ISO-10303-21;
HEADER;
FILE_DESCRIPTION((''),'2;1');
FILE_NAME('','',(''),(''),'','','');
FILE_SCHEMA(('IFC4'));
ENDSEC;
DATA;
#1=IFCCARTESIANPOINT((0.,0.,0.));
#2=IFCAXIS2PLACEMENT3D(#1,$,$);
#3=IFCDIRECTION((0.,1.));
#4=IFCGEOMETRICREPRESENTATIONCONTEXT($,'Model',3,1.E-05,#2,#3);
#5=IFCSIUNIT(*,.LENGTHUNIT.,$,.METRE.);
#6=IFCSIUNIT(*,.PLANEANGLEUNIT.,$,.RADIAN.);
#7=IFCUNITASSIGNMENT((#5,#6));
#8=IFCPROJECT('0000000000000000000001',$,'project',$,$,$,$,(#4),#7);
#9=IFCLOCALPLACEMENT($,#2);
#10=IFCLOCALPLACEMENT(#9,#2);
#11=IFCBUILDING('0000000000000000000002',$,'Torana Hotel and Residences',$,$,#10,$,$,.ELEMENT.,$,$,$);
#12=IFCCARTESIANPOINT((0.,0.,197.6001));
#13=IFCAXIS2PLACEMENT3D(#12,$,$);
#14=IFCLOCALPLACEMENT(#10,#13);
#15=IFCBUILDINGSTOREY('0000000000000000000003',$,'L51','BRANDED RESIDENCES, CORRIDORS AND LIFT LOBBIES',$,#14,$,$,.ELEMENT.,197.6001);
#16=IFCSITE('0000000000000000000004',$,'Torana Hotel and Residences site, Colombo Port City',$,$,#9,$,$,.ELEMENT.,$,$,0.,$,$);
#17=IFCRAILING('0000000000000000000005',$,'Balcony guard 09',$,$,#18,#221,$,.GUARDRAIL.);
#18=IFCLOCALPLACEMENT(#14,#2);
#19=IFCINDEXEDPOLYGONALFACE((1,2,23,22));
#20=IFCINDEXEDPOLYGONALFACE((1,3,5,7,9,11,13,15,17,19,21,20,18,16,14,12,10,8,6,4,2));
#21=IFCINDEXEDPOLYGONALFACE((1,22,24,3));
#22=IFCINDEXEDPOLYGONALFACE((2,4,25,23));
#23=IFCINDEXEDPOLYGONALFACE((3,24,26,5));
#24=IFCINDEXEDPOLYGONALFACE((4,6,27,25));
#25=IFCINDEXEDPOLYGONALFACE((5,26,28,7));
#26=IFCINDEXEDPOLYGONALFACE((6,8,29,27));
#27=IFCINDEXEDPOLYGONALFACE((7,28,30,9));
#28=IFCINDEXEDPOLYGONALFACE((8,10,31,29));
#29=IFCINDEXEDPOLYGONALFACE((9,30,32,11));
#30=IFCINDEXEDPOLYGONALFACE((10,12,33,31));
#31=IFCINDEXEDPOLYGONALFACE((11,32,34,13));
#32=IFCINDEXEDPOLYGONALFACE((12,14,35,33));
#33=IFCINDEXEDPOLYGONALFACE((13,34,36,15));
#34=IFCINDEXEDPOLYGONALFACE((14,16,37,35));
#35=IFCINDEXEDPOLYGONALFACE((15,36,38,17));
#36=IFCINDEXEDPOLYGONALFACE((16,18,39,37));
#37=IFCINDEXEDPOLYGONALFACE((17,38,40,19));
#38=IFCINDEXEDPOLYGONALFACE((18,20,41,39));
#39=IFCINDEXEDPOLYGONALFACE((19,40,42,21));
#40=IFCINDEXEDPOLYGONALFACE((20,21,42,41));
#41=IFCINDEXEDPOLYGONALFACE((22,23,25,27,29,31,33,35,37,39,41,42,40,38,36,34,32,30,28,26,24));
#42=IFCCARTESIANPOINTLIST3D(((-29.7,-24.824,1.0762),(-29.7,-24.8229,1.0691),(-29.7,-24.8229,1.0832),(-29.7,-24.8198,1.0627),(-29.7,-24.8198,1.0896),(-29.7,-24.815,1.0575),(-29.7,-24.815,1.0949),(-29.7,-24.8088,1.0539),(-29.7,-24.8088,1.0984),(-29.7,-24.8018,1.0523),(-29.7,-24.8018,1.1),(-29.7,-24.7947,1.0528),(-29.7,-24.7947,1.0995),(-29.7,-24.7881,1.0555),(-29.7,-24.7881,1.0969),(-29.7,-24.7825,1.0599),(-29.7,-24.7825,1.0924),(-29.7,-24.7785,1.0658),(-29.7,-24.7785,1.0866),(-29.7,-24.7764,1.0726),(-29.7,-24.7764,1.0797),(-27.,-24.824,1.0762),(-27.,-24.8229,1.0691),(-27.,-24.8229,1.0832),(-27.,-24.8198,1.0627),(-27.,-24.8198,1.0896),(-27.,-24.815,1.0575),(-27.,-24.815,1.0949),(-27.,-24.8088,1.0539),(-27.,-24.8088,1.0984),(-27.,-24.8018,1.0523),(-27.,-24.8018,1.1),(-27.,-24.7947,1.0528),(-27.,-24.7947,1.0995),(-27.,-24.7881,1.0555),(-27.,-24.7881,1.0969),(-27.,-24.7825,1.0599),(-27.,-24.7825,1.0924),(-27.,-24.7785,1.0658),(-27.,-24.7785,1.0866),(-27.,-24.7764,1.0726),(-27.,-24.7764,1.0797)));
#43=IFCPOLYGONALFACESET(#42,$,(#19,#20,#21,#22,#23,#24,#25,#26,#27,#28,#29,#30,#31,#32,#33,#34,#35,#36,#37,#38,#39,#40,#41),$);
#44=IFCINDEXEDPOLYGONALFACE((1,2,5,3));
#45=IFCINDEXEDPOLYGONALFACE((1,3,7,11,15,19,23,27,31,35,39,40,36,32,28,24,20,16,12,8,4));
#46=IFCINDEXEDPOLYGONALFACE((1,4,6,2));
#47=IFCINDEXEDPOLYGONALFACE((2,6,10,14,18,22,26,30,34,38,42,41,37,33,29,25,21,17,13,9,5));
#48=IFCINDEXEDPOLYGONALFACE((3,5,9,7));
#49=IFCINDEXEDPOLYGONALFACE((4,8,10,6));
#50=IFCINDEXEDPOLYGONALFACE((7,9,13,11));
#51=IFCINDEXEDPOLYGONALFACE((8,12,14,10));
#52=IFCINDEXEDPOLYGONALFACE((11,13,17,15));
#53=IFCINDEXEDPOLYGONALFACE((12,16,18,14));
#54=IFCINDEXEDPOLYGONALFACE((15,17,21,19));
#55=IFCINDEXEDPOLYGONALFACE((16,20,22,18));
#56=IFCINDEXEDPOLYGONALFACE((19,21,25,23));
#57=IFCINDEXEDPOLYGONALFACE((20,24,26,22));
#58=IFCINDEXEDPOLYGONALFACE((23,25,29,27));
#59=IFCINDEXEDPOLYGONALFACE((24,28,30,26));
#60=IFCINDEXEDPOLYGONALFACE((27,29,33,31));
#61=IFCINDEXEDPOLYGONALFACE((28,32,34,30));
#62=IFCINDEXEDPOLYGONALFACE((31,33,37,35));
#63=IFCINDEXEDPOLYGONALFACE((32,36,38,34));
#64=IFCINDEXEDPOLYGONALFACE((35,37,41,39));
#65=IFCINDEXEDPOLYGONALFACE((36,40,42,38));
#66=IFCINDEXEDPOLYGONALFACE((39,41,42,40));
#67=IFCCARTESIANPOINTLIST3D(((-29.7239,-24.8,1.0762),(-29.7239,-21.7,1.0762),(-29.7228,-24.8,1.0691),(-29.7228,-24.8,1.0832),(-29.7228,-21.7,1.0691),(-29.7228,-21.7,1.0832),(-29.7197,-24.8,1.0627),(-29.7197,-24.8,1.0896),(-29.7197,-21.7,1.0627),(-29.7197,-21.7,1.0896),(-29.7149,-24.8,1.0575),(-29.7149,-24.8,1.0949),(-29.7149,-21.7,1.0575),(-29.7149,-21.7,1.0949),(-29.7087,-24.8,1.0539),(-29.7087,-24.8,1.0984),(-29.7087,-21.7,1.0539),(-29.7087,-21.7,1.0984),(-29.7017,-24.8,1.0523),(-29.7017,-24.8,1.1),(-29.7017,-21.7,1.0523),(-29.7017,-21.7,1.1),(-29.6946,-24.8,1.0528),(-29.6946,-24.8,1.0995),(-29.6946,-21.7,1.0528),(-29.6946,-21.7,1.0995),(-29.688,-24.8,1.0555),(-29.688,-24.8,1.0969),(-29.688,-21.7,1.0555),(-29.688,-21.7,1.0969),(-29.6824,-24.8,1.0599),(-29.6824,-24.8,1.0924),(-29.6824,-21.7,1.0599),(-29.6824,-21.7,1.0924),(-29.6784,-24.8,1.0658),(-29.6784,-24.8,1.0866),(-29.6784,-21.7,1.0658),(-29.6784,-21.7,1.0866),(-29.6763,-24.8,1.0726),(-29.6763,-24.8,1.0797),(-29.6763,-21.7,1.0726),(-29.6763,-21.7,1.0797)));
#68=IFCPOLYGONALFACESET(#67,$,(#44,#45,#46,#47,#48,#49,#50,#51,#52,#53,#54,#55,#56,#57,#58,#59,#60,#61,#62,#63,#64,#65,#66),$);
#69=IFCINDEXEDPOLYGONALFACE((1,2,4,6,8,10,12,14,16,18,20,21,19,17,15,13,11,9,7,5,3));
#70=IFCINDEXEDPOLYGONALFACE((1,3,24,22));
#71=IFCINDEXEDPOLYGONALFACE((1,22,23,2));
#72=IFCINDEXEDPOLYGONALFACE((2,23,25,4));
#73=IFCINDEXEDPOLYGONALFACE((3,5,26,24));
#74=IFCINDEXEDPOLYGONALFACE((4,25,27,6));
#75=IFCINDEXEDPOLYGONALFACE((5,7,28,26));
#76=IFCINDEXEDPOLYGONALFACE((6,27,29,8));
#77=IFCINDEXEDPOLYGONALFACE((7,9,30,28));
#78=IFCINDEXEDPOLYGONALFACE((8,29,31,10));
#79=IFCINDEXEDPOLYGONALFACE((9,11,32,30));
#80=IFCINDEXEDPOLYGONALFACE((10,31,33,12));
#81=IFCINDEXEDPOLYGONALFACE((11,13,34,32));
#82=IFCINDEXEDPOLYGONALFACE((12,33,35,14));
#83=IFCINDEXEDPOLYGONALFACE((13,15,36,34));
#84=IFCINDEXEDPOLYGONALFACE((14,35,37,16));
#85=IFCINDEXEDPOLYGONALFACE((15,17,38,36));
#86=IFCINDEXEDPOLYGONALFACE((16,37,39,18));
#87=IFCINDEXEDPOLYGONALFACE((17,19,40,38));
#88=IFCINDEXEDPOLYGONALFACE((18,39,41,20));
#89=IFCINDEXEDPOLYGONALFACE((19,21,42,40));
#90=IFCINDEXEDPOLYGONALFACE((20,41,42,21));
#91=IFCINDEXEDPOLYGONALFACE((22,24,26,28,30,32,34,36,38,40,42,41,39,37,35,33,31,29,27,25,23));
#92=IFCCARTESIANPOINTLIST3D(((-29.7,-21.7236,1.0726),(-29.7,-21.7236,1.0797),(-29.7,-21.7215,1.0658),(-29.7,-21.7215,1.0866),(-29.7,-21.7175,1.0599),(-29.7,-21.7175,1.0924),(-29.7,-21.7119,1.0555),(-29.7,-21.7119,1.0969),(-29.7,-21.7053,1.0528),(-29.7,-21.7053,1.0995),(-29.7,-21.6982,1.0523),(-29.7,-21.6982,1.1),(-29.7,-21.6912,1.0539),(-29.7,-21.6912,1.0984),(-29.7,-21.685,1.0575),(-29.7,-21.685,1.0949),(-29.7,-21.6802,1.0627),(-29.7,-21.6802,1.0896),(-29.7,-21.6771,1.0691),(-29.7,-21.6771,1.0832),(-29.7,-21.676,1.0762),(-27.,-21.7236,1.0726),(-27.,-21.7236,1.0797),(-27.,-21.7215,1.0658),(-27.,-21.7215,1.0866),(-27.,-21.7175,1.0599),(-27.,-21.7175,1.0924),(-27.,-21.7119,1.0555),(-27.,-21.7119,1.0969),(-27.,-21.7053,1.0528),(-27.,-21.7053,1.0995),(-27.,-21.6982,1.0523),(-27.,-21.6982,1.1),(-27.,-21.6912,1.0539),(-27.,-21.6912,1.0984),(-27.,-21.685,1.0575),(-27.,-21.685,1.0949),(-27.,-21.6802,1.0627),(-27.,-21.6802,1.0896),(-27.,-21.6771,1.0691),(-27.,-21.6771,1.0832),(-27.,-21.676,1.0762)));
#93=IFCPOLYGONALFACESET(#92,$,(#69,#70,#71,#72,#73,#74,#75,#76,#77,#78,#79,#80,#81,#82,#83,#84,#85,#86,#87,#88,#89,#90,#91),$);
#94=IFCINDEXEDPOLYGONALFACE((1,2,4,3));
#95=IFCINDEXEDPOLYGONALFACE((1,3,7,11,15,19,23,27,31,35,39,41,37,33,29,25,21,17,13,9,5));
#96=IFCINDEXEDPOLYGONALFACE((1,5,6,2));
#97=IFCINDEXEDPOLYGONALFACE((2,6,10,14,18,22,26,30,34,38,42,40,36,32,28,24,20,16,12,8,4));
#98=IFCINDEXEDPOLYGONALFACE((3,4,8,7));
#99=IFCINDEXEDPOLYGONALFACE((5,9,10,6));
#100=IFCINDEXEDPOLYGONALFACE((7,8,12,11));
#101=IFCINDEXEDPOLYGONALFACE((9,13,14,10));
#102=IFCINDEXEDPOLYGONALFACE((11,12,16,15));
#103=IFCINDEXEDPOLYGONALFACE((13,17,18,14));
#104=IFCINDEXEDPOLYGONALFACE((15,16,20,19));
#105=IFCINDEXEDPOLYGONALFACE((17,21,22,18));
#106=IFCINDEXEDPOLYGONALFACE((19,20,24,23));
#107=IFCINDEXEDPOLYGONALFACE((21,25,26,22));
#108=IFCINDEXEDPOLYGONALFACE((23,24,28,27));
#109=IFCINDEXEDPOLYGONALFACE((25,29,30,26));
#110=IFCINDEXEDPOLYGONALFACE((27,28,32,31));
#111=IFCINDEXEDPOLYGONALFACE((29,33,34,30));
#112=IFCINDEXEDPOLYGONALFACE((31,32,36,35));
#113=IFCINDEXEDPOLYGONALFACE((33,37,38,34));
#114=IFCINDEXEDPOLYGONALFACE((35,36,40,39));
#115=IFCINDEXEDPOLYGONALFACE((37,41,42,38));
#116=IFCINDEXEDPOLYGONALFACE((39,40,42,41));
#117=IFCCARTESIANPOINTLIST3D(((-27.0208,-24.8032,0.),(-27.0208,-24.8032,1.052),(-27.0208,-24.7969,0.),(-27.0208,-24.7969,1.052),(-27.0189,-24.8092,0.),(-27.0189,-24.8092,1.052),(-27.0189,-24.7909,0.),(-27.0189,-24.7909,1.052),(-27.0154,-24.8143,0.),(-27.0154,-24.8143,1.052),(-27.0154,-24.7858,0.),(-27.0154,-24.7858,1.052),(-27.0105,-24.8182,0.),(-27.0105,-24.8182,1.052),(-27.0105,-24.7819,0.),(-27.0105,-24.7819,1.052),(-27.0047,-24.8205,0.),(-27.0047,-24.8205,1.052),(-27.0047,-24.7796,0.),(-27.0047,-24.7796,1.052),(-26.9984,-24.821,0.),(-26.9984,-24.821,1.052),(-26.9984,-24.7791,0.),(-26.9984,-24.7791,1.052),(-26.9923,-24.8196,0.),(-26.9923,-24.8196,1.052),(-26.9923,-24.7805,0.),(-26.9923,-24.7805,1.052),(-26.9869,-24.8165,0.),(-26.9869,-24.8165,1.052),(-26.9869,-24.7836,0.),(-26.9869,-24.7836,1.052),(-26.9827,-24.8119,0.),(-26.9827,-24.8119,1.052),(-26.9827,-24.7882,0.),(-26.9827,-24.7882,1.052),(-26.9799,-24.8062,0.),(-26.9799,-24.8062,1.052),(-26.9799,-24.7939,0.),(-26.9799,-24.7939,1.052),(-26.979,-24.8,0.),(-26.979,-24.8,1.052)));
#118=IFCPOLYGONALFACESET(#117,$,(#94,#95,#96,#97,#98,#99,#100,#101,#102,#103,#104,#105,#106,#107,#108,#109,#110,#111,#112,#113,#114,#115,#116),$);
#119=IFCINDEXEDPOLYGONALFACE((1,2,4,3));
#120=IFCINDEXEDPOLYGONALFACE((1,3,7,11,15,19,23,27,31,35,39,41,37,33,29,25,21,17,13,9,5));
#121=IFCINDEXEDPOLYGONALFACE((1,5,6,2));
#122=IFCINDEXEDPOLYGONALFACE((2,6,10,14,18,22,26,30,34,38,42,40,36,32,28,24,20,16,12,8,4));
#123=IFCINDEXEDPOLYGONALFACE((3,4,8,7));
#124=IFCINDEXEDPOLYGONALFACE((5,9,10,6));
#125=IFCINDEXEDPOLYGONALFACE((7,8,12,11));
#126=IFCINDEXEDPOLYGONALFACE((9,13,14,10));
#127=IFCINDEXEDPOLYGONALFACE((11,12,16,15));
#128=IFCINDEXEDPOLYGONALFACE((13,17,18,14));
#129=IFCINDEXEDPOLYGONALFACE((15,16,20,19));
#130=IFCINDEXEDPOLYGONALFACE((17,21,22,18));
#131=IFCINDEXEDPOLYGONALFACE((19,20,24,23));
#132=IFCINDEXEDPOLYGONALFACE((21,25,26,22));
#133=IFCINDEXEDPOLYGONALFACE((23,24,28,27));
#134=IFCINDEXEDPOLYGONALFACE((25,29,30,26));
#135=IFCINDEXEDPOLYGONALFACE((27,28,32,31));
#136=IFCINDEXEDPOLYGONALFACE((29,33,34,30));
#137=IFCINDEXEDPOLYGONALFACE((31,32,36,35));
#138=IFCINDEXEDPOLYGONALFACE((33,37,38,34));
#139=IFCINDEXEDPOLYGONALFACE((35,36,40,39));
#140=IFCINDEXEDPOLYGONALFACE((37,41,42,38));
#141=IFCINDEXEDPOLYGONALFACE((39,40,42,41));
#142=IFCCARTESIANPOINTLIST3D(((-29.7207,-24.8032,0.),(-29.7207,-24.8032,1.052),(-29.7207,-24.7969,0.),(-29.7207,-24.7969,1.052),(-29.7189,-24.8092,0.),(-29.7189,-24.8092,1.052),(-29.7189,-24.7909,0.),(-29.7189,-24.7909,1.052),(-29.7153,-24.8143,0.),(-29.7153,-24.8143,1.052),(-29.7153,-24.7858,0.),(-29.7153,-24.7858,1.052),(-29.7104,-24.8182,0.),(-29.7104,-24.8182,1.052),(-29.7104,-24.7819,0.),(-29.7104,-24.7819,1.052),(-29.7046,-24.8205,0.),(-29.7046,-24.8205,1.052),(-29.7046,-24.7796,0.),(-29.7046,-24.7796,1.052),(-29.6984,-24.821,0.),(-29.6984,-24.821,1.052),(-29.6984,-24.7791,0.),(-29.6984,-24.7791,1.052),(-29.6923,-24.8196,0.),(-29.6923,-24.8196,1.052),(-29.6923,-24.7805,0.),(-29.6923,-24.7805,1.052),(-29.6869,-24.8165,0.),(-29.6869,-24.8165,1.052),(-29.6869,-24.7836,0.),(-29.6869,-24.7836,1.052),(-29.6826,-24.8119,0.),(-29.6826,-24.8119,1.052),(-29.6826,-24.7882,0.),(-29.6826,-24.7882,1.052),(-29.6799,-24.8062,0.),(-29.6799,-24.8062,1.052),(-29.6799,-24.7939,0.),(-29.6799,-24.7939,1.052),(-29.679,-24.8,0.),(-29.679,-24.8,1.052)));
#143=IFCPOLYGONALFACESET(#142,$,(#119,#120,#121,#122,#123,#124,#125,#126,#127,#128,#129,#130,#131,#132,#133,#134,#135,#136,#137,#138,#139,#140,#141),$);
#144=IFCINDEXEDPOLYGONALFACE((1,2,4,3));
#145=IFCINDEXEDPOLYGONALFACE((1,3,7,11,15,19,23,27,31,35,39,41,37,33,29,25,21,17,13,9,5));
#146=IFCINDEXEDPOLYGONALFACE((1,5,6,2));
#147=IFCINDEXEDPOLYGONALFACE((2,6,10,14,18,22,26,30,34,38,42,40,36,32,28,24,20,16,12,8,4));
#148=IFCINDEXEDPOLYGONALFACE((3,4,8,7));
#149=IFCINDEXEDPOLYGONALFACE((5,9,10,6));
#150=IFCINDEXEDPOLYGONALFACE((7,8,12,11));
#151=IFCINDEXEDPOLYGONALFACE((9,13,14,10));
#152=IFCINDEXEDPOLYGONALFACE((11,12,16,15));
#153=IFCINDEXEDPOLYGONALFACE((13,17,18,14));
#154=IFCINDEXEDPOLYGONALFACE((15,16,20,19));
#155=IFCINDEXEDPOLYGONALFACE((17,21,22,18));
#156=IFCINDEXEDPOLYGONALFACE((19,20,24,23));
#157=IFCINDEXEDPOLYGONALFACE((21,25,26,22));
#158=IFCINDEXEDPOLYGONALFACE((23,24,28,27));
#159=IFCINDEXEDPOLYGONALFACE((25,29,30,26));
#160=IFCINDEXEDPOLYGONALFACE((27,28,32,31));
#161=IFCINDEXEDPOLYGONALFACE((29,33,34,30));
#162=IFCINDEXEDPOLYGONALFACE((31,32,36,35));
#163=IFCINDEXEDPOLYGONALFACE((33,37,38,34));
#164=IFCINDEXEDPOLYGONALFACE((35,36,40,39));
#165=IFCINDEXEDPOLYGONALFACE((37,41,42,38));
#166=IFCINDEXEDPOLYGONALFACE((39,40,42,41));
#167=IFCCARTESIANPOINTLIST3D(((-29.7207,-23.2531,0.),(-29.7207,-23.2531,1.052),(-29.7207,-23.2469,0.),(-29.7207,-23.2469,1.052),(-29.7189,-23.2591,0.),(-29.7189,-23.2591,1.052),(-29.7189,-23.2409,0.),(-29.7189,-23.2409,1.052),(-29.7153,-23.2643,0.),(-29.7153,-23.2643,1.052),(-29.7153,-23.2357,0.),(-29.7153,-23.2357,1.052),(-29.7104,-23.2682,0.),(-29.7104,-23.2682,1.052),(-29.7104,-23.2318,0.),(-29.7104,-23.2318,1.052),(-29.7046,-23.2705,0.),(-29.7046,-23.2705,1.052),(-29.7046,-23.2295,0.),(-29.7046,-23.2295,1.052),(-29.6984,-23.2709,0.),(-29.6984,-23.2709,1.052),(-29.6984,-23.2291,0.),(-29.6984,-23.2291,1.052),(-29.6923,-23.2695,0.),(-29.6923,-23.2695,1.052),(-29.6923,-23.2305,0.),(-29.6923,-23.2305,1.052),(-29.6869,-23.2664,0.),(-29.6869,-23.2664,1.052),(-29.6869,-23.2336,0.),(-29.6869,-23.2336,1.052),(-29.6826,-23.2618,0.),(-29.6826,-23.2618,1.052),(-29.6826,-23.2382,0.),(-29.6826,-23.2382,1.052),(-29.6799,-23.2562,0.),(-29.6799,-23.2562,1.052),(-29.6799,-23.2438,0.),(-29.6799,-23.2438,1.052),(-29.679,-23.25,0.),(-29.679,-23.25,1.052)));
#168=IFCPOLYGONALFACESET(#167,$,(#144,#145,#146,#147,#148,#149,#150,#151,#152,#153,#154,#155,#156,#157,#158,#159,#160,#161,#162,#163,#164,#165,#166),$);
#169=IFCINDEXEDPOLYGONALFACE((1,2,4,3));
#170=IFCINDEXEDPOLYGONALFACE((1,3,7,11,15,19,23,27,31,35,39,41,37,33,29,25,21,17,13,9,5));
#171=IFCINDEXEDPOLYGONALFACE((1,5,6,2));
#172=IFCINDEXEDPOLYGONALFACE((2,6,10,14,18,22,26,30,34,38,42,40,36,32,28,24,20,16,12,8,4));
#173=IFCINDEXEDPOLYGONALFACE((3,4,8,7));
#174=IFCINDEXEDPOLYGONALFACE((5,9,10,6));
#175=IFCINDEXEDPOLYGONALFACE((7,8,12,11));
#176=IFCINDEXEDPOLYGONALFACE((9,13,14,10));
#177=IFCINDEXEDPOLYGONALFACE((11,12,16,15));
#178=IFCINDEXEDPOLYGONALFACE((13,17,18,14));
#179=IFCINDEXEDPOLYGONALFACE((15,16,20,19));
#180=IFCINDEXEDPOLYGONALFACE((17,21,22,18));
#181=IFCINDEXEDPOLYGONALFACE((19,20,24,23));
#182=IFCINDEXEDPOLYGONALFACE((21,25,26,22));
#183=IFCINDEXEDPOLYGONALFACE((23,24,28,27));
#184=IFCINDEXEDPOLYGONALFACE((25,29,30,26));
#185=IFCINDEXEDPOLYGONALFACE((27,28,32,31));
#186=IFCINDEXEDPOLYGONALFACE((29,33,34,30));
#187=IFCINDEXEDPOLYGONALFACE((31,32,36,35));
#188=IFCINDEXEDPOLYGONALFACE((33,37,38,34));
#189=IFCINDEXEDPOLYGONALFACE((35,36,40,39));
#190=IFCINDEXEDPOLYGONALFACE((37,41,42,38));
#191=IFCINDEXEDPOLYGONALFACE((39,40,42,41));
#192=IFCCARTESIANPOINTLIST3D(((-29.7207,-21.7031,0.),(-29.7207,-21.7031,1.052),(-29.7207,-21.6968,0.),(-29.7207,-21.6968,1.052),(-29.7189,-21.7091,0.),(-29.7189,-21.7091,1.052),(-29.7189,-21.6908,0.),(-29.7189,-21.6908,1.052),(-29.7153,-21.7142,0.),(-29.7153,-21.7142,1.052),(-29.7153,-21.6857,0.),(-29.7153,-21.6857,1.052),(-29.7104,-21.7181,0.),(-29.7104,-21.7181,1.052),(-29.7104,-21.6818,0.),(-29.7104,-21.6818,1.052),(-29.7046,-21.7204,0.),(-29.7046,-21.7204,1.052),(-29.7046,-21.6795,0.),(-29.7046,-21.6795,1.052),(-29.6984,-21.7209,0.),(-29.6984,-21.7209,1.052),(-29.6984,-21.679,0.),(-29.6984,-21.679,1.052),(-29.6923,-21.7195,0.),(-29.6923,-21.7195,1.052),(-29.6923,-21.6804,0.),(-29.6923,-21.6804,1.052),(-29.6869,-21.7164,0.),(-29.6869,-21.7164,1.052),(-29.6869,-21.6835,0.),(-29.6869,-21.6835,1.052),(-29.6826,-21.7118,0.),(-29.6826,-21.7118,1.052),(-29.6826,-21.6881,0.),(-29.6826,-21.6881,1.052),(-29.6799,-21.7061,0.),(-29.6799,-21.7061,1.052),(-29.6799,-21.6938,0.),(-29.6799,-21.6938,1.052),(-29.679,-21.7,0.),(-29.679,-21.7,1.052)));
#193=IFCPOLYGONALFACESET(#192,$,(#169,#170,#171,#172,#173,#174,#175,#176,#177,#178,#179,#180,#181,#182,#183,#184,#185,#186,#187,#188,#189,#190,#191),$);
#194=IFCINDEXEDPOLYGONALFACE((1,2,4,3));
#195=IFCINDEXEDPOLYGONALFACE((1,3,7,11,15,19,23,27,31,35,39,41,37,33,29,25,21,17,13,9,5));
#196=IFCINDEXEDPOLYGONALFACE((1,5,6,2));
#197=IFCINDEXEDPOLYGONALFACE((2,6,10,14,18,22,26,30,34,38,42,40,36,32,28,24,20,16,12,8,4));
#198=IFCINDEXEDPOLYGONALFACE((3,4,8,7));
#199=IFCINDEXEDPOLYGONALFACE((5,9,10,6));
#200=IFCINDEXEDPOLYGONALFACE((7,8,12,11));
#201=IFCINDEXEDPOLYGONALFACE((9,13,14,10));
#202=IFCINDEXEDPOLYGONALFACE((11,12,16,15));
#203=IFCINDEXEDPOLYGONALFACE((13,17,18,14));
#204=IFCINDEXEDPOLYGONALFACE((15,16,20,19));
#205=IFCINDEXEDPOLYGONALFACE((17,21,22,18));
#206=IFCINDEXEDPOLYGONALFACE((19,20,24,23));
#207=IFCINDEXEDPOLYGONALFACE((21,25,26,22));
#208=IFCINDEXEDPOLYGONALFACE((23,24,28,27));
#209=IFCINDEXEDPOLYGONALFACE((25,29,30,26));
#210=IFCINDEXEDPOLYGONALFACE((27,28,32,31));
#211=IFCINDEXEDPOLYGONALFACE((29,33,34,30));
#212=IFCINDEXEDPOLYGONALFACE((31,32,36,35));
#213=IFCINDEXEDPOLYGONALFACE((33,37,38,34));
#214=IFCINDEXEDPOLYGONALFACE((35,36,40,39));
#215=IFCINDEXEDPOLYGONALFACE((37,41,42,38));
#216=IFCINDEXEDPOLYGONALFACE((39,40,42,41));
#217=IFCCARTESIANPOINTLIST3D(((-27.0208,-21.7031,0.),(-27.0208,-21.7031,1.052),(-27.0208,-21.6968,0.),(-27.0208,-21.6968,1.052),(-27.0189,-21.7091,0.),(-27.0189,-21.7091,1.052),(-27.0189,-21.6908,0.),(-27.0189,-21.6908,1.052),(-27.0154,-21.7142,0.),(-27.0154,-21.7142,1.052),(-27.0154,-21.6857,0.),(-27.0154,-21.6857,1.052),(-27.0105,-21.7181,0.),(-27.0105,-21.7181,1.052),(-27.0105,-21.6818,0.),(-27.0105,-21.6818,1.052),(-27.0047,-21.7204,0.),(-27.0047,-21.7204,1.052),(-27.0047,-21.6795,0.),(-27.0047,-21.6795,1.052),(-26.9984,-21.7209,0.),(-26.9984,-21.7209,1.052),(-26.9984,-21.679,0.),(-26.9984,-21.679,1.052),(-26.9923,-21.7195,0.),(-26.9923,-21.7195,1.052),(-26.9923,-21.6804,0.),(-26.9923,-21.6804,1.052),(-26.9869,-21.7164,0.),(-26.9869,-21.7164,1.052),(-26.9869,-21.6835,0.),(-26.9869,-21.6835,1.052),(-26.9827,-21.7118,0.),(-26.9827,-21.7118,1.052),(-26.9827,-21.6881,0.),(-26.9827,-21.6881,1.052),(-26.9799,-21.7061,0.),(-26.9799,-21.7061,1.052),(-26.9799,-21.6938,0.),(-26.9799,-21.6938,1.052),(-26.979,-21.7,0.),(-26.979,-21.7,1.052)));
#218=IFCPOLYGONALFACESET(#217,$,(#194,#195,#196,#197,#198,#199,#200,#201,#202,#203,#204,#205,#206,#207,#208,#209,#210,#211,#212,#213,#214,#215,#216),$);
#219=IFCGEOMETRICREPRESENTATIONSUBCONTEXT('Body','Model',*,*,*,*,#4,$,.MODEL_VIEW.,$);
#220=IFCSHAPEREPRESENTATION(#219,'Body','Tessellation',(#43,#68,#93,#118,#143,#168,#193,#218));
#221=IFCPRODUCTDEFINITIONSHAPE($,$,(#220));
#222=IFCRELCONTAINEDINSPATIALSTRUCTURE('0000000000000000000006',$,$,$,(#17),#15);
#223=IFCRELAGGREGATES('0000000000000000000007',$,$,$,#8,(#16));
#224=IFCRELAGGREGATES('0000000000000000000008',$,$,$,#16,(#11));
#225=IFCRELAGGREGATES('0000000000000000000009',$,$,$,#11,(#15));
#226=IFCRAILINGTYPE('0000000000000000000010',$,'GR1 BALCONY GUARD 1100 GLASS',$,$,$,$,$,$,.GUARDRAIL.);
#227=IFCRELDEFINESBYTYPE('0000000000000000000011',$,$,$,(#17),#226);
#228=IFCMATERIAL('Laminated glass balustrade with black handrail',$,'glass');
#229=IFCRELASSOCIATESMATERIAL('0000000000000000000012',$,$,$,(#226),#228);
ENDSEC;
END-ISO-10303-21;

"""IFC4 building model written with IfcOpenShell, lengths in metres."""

from ifc_helpers import new_model, si_unit, direction, frame, origin, origin_2d, place, context, subcontext, project, spatial, circle, extrude, material, type_object, element, save


model = new_model("IFC4")

# Units and contexts
model_context = context("Model", 3, precision=1e-05, world=origin(), true_north=direction((0.0, 1.0)))
body_context = subcontext(model_context, "Body", "Model", "MODEL_VIEW")
ifc_project = project(units=[si_unit("LENGTHUNIT", "METRE"), si_unit("PLANEANGLEUNIT", "RADIAN")], contexts=[model_context])

# Site, building, storey
site_placement = place(None, origin())
site = spatial("IfcSite", under=ifc_project, at=site_placement, Name="Torana Hotel and Residences site, Colombo Port City", CompositionType="ELEMENT", RefElevation=0.0)
building_placement = place(site_placement, origin())
building = spatial("IfcBuilding", under=site, at=building_placement, Name="Torana Hotel and Residences", CompositionType="ELEMENT")
storey_placement = place(building_placement, frame((0.0, 0.0, 197.6001)))
storey = spatial("IfcBuildingStorey", under=building, at=storey_placement, Name="L51", Description="BRANDED RESIDENCES, CORRIDORS AND LIFT LOBBIES", CompositionType="ELEMENT", Elevation=197.6001)

# Railing
ifc_material_1 = material(Name="Laminated glass balustrade with black handrail", Category="glass")
railing_type = type_object("IfcRailingType", Name="GR1 BALCONY GUARD 1100 GLASS", PredefinedType="GUARDRAIL", material=ifc_material_1)
railing_placement = place(storey_placement, frame((-27.0, -24.8, 0.0)))
element("IfcRailing", 1, at=railing_placement, inside=storey, type_object=railing_type, Name="Balcony guard 09", PredefinedType="GUARDRAIL", context=body_context, shape_type="SweptSolid", body=[
    extrude(circle(Radius=0.0239, at=origin_2d()), frame((0.0, 0.0, 1.0762), z_axis=(-1.0, 0.0, 0.0), x_axis=(0.0, -1.0, 0.0)), (0.0, 0.0, 1.0), 2.7),
    extrude(circle(Radius=0.0239, at=origin_2d()), frame((-2.7, 0.0, 1.0762), z_axis=(0.0, 1.0, 0.0), x_axis=(-1.0, 0.0, 0.0)), (0.0, 0.0, 1.0), 3.1001),
    extrude(circle(Radius=0.0239, at=origin_2d()), frame((-2.7, 3.1001, 1.0762), z_axis=(1.0, 0.0, 0.0), x_axis=(0.0, 1.0, 0.0)), (0.0, 0.0, 1.0), 2.7),
    extrude(circle(Radius=0.021, at=origin_2d()), origin(), (0.0, 0.0, 1.0), 1.052),
    extrude(circle(Radius=0.021, at=origin_2d()), frame((-2.7, 0.0, 0.0)), (0.0, 0.0, 1.0), 1.052),
    extrude(circle(Radius=0.021, at=origin_2d()), frame((-2.7, 1.55, 0.0)), (0.0, 0.0, 1.0), 1.052),
    extrude(circle(Radius=0.021, at=origin_2d()), frame((-2.7, 3.1001, 0.0)), (0.0, 0.0, 1.0), 1.052),
    extrude(circle(Radius=0.021, at=origin_2d()), frame((0.0, 3.1001, 0.0)), (0.0, 0.0, 1.0), 1.052),
])

save(model, "model.ifc")
